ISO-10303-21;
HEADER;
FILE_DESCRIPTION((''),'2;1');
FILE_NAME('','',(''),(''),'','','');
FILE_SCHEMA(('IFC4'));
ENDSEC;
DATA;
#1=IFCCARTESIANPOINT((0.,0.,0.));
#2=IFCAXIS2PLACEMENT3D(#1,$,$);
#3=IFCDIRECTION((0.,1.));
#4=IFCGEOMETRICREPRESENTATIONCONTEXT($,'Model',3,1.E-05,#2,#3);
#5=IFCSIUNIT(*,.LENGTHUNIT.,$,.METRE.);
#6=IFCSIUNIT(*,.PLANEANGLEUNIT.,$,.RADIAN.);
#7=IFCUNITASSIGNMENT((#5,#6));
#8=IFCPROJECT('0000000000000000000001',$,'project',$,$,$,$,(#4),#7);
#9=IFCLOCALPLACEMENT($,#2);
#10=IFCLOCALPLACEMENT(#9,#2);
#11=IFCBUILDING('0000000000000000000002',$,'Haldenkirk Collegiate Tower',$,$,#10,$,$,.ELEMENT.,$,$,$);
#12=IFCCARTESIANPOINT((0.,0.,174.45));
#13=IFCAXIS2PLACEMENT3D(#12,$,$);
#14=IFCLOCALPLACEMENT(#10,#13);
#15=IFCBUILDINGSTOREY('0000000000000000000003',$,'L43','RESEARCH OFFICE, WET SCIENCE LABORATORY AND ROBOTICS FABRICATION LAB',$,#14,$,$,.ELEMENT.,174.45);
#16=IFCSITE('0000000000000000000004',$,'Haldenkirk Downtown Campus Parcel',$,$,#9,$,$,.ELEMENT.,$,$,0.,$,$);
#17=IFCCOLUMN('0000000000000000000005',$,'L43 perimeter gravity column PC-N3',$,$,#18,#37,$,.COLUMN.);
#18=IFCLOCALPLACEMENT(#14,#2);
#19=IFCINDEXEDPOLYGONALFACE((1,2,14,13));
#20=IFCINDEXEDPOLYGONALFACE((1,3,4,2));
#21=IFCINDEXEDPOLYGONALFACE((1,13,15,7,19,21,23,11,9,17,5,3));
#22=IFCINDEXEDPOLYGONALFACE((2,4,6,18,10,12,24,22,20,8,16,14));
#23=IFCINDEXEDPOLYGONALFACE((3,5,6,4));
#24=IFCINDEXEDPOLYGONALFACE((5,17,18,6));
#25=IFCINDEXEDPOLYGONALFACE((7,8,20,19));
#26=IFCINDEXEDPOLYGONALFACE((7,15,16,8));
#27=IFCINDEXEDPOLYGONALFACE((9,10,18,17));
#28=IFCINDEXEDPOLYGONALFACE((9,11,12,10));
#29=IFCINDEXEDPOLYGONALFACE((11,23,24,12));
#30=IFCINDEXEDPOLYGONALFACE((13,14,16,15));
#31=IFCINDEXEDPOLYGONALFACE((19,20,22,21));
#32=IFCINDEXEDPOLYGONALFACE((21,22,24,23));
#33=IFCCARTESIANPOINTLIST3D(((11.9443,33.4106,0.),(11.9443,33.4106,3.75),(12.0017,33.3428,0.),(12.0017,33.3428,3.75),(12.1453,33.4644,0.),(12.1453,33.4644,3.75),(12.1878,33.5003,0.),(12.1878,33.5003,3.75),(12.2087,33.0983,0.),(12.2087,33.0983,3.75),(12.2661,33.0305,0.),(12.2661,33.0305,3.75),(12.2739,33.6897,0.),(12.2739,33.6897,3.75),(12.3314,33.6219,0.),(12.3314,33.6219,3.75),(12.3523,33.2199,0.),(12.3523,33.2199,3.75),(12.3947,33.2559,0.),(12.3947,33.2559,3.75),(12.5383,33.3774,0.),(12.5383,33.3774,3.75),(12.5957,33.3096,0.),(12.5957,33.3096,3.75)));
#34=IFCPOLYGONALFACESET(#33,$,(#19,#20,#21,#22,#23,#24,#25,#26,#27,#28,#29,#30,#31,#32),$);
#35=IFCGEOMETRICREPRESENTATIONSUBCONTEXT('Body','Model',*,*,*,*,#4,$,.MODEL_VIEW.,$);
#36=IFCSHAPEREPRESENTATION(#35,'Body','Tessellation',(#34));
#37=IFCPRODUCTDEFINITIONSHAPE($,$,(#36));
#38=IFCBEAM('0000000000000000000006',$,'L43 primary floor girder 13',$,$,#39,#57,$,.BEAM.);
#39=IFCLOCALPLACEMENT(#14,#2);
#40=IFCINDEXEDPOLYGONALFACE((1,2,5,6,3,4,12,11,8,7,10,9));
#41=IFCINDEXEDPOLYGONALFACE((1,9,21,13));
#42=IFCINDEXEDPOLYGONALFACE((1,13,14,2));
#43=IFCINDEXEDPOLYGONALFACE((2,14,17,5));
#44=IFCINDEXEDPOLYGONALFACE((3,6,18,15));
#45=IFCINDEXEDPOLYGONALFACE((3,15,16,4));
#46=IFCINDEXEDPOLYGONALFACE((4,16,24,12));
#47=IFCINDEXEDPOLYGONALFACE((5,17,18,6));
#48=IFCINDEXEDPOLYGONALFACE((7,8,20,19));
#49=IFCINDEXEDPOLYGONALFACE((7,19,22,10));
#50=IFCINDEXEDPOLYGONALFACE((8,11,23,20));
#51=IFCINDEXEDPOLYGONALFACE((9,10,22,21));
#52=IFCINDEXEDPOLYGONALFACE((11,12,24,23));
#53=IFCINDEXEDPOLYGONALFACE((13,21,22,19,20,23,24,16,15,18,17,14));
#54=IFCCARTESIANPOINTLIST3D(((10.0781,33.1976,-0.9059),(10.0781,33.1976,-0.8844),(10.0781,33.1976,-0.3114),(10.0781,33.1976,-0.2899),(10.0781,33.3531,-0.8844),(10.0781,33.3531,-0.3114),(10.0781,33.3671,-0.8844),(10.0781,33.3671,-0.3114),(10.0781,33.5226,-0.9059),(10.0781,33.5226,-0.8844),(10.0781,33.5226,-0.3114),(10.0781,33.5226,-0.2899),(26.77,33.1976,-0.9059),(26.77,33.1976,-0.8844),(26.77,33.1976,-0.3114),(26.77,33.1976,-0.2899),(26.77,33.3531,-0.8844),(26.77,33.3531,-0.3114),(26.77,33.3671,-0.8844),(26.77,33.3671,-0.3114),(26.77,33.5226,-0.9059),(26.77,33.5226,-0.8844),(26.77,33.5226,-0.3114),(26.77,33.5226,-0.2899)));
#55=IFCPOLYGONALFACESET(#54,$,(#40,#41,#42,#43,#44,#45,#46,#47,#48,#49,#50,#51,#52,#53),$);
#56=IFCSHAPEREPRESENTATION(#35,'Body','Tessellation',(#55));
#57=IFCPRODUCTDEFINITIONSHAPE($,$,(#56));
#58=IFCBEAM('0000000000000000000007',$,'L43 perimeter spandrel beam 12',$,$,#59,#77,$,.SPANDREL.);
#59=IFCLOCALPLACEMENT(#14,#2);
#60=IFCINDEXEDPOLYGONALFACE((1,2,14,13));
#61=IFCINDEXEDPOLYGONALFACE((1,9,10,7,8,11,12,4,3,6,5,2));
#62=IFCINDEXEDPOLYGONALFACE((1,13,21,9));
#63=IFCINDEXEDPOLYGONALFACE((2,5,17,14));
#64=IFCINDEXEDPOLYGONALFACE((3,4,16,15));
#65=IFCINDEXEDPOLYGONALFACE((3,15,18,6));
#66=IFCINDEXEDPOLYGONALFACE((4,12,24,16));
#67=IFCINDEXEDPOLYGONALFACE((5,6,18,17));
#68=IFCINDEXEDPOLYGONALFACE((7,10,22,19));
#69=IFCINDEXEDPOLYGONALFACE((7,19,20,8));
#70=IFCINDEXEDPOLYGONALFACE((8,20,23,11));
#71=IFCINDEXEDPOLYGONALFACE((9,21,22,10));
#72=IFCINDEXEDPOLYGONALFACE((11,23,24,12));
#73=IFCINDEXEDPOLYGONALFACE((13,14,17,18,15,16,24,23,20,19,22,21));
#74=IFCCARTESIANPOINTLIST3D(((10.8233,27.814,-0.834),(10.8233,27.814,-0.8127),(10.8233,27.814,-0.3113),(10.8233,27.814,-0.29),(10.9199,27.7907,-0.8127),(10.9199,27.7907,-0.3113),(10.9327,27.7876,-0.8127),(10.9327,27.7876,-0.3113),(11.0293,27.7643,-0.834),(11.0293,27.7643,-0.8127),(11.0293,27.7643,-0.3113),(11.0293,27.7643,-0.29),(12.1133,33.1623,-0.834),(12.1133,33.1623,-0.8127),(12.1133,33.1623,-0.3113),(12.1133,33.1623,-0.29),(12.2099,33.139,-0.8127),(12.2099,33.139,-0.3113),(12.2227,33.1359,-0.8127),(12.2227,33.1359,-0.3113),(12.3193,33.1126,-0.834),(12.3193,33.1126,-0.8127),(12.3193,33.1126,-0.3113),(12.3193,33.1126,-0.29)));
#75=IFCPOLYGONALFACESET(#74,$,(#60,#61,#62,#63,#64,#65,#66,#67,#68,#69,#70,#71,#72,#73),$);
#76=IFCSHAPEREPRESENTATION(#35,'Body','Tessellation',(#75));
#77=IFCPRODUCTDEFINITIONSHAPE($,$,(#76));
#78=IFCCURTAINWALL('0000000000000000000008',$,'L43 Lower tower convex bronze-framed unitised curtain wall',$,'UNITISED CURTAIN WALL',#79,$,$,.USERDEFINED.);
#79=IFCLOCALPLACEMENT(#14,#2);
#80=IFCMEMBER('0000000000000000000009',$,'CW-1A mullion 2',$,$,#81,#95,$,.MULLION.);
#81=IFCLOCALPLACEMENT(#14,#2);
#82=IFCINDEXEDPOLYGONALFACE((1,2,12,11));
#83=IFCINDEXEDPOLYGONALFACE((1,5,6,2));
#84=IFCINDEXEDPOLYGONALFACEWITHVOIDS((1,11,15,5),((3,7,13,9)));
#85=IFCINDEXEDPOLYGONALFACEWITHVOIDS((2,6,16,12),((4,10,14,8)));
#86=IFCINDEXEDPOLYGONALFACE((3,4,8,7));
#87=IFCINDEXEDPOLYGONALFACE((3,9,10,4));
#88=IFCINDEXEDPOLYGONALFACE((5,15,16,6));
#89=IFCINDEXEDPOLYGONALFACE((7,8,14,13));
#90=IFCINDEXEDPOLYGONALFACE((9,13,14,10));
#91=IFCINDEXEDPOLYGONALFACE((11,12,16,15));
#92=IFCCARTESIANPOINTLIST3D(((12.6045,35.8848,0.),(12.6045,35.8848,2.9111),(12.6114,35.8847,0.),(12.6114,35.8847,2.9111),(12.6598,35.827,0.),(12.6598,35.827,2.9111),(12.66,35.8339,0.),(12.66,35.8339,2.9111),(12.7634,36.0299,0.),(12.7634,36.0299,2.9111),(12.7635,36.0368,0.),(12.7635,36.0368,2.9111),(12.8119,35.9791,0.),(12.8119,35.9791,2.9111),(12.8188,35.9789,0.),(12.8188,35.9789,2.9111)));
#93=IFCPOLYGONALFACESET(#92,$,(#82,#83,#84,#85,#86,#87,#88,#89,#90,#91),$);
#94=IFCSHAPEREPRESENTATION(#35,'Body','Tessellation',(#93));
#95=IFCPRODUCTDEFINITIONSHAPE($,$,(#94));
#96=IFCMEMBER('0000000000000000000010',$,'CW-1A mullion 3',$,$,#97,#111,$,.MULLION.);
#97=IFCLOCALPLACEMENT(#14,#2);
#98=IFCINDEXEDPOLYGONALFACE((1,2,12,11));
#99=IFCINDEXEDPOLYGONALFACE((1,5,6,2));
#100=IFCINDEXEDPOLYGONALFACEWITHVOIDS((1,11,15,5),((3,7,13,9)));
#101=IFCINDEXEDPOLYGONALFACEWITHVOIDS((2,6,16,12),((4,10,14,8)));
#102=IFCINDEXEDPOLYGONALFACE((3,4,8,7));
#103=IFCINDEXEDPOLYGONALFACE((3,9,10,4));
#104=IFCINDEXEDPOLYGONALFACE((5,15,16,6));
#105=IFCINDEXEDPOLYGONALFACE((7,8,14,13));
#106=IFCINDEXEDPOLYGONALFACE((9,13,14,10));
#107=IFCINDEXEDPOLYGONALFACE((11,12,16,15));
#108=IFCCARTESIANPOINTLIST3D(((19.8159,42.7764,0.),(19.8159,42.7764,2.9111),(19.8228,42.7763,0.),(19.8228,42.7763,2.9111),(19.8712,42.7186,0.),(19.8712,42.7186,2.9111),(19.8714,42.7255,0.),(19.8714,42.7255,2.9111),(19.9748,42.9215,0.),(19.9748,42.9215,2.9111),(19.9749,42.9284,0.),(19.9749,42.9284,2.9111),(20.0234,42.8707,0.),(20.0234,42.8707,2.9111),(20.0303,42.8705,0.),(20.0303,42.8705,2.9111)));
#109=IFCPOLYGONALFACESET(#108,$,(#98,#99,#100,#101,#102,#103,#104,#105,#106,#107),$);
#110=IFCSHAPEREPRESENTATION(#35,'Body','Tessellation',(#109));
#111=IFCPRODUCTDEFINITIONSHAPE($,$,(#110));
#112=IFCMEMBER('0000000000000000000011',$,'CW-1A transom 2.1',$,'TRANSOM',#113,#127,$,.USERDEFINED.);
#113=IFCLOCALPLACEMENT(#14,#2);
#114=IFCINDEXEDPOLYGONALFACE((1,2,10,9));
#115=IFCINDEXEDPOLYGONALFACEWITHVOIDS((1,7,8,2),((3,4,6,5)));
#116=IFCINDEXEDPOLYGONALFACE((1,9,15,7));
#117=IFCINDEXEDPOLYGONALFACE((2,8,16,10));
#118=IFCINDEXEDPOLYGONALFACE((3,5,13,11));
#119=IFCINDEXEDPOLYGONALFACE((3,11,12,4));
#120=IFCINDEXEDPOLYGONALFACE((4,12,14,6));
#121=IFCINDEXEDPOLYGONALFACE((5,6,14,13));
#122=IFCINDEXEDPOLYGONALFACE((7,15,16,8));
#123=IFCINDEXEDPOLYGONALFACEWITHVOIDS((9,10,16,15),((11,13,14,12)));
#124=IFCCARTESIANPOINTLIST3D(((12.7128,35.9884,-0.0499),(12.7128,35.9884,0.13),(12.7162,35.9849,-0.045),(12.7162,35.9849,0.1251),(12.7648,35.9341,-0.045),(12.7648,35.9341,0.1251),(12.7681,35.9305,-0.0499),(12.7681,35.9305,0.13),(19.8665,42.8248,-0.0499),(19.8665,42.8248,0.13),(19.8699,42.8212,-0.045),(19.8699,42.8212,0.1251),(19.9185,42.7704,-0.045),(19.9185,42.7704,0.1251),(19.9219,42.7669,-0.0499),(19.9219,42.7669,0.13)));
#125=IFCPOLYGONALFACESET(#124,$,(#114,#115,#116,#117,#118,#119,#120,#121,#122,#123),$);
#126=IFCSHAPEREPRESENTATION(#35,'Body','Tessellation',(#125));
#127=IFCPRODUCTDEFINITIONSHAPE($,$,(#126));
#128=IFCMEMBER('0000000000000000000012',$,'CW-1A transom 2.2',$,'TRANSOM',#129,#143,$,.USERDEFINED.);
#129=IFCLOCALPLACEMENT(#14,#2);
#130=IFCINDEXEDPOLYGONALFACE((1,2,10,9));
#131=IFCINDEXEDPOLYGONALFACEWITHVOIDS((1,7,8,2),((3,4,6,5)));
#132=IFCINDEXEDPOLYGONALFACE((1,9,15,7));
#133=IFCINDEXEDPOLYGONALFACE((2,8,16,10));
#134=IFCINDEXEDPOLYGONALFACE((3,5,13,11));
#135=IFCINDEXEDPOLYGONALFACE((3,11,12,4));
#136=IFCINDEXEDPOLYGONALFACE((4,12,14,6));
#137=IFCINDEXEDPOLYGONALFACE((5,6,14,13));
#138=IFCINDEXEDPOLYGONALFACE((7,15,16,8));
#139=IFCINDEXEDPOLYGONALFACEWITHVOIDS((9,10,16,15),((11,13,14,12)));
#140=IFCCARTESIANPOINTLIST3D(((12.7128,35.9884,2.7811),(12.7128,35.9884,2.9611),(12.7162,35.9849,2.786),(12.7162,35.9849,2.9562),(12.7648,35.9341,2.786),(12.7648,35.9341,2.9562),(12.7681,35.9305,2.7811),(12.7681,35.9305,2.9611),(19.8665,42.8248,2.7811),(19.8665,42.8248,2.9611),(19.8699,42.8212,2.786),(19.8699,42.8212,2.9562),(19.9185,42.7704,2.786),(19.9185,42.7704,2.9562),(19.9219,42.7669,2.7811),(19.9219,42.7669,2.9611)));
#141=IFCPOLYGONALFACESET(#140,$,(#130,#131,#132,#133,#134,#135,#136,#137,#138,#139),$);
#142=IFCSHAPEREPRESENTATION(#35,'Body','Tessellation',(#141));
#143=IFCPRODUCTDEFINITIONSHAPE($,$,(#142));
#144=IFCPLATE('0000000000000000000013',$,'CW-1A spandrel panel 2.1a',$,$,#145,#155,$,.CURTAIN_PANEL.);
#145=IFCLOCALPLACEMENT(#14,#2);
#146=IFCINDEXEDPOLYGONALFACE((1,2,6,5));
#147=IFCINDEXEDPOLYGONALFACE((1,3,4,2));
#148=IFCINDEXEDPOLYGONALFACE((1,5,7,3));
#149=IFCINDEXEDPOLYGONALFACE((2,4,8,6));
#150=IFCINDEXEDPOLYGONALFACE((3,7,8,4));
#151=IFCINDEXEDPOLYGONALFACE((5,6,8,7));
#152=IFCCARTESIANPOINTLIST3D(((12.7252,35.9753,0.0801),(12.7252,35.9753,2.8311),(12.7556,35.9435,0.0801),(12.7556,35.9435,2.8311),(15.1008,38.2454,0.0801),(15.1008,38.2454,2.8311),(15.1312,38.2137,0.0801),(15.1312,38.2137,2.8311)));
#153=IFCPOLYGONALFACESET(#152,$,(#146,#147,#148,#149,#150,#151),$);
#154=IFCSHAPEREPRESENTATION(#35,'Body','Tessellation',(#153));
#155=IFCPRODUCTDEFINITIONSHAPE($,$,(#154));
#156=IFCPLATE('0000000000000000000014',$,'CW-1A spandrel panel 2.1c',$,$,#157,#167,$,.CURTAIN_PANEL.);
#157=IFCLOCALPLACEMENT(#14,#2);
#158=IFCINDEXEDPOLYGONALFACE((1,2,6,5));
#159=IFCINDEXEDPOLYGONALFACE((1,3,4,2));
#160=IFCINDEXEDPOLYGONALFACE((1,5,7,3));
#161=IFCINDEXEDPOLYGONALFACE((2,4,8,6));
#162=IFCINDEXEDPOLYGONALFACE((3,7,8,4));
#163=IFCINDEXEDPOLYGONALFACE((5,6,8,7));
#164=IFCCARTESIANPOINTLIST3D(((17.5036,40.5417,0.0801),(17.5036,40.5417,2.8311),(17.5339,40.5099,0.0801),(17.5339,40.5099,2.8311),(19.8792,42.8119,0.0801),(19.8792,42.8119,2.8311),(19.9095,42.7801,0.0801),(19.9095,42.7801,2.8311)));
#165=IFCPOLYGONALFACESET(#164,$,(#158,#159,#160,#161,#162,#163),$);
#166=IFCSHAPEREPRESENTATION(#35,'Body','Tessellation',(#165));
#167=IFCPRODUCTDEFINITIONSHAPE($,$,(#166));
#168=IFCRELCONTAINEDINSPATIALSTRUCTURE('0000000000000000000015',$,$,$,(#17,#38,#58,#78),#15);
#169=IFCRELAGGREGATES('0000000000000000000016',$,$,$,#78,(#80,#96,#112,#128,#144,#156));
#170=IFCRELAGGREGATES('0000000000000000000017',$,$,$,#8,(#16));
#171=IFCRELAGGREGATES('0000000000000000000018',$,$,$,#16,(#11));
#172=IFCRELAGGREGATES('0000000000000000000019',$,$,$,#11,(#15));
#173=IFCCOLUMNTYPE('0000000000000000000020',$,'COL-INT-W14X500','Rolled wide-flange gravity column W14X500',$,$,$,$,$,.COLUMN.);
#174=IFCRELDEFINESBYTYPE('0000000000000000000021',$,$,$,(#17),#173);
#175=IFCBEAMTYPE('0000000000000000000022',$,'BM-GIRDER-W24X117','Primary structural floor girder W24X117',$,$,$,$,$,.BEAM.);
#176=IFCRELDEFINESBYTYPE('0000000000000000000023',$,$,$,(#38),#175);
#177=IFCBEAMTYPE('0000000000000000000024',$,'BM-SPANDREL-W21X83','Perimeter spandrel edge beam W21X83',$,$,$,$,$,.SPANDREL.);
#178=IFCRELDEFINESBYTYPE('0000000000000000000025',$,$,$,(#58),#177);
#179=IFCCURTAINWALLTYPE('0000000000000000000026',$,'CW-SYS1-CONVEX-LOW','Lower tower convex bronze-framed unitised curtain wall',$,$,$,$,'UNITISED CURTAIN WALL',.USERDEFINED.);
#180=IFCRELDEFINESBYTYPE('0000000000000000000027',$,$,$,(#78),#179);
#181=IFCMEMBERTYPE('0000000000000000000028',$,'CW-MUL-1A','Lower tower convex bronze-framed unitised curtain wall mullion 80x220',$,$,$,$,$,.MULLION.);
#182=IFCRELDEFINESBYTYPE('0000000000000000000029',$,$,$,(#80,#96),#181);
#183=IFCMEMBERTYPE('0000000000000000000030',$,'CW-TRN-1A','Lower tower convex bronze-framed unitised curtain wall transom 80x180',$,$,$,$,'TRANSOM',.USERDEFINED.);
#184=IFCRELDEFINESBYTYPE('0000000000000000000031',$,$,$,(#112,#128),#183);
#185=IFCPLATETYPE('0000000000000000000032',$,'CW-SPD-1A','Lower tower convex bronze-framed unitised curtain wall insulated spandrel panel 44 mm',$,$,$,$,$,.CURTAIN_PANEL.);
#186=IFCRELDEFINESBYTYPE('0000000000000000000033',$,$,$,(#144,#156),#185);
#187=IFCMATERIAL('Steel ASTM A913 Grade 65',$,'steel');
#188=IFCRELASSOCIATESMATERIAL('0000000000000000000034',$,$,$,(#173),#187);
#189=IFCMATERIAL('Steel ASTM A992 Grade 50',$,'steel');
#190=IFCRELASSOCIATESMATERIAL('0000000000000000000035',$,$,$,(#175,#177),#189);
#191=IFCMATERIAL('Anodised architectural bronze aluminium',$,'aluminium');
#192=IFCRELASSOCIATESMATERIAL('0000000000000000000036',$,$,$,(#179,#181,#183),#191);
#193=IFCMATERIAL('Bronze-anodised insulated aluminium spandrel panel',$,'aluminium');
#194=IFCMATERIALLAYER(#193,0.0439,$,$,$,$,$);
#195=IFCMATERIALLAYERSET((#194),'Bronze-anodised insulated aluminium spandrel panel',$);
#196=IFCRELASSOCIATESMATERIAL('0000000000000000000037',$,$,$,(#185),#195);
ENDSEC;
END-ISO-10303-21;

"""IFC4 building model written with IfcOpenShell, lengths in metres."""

from ifc_helpers import new_model, si_unit, direction, frame, origin, origin_2d, place, context, subcontext, project, spatial, rectangle, hollow_rectangle, i_section, extrude, source, transform, mapped, material, layer, layer_set, material_profile, profile_set, type_object, element, aggregate, save


model = new_model("IFC4")

# Units and contexts
model_context = context("Model", 3, precision=1e-05, world=origin(), true_north=direction((0.0, 1.0)))
body_context = subcontext(model_context, "Body", "Model", "MODEL_VIEW")
ifc_project = project(units=[si_unit("LENGTHUNIT", "METRE"), si_unit("PLANEANGLEUNIT", "RADIAN")], contexts=[model_context])

# Site, building, storey
site_placement = place(None, origin())
site = spatial("IfcSite", under=ifc_project, at=site_placement, Name="Haldenkirk Downtown Campus Parcel", CompositionType="ELEMENT", RefElevation=0.0)
building_placement = place(site_placement, origin())
building = spatial("IfcBuilding", under=site, at=building_placement, Name="Haldenkirk Collegiate Tower", CompositionType="ELEMENT")
storey_placement = place(building_placement, frame((0.0, 0.0, 174.45)))
storey = spatial("IfcBuildingStorey", under=building, at=storey_placement, Name="L43", Description="RESEARCH OFFICE, WET SCIENCE LABORATORY AND ROBOTICS FABRICATION LAB", CompositionType="ELEMENT", Elevation=174.45)

# Column
ifc_material_1 = material(Name="Steel ASTM A913 Grade 65", Category="steel")
ifc_material_profile_1 = material_profile(ifc_material_1, i_section(OverallWidth=0.4319, OverallDepth=0.498, WebThickness=0.0557, FlangeThickness=0.0889, at=origin_2d()), Name="W14X500")
ifc_profile_set_1 = profile_set([ifc_material_profile_1], Name="Steel ASTM A913 Grade 65")
column_type = type_object("IfcColumnType", Name="COL-INT-W14X500", Description="Rolled wide-flange gravity column W14X500", PredefinedType="COLUMN", material=ifc_profile_set_1)
column_placement = place(storey_placement, frame((12.27, 33.3601, 0.0), z_axis=(0.0, 0.0, 1.0), x_axis=(0.763232, 0.646124, 0.0)))
element("IfcColumn", 1, at=column_placement, inside=storey, type_object=column_type, Name="L43 perimeter gravity column PC-N3", PredefinedType="COLUMN", context=body_context, shape_type="SweptSolid", body=[
    extrude(i_section(OverallWidth=0.4319, OverallDepth=0.498, WebThickness=0.0557, FlangeThickness=0.0889, at=origin_2d()), origin(), (0.0, 0.0, 1.0), 3.75),
])

# Beams
ifc_material_2 = material(Name="Steel ASTM A992 Grade 50", Category="steel")
ifc_material_profile_2 = material_profile(ifc_material_2, i_section(OverallWidth=0.325, OverallDepth=0.616, WebThickness=0.0139, FlangeThickness=0.0215, at=origin_2d()), Name="W24X117")
ifc_profile_set_2 = profile_set([ifc_material_profile_2], Name="Steel ASTM A992 Grade 50")
beam_type_1 = type_object("IfcBeamType", Name="BM-GIRDER-W24X117", Description="Primary structural floor girder W24X117", PredefinedType="BEAM", material=ifc_profile_set_2)
beam_1_placement = place(storey_placement, frame((10.0781, 33.3601, -0.5979), z_axis=(1.0, 0.0, 0.0), x_axis=(0.0, 1.0, 0.0)))
element("IfcBeam", 2, at=beam_1_placement, inside=storey, type_object=beam_type_1, Name="L43 primary floor girder 13", PredefinedType="BEAM", context=body_context, shape_type="SweptSolid", body=[
    extrude(i_section(OverallWidth=0.325, OverallDepth=0.616, WebThickness=0.0139, FlangeThickness=0.0215, at=origin_2d()), origin(), (0.0, 0.0, 1.0), 16.6919),
])
ifc_material_profile_3 = material_profile(ifc_material_2, i_section(OverallWidth=0.2119, OverallDepth=0.5439, WebThickness=0.0132, FlangeThickness=0.0212, at=origin_2d()), Name="W21X83")
ifc_profile_set_3 = profile_set([ifc_material_profile_3], Name="Steel ASTM A992 Grade 50")
beam_type_2 = type_object("IfcBeamType", Name="BM-SPANDREL-W21X83", Description="Perimeter spandrel edge beam W21X83", PredefinedType="SPANDREL", material=ifc_profile_set_3)
beam_2_placement = place(storey_placement, frame((12.2163, 33.1375, -0.562), z_axis=(-0.234477, -0.972122, 0.0), x_axis=(0.972122, -0.234477, 0.0)))
element("IfcBeam", 3, at=beam_2_placement, inside=storey, type_object=beam_type_2, Name="L43 perimeter spandrel beam 12", PredefinedType="SPANDREL", context=body_context, shape_type="SweptSolid", body=[
    extrude(i_section(OverallWidth=0.2119, OverallDepth=0.5439, WebThickness=0.0132, FlangeThickness=0.0212, at=origin_2d()), origin(), (0.0, 0.0, 1.0), 5.5017),
])

# Curtain wall, members, plates
ifc_material_3 = material(Name="Anodised architectural bronze aluminium", Category="aluminium")
curtain_wall_type = type_object("IfcCurtainWallType", Name="CW-SYS1-CONVEX-LOW", Description="Lower tower convex bronze-framed unitised curtain wall", ElementType="UNITISED CURTAIN WALL", PredefinedType="USERDEFINED", material=ifc_material_3)
curtain_wall_placement = place(storey_placement, origin())
curtain_wall = element("IfcCurtainWall", 4, at=curtain_wall_placement, inside=storey, type_object=curtain_wall_type, Name="L43 Lower tower convex bronze-framed unitised curtain wall", ObjectType="UNITISED CURTAIN WALL", PredefinedType="USERDEFINED")
ifc_material_profile_4 = material_profile(ifc_material_3, hollow_rectangle(XDim=0.0801, YDim=0.22, WallThickness=0.0049, at=origin_2d()), Name="CW-MUL-1A")
ifc_profile_set_4 = profile_set([ifc_material_profile_4], Name="Anodised architectural bronze aluminium")
member_type_1 = type_object("IfcMemberType", Name="CW-MUL-1A", Description="Lower tower convex bronze-framed unitised curtain wall mullion 80x220", PredefinedType="MULLION", material=ifc_profile_set_4)
member_1_placement = place(storey_placement, frame((12.7117, 35.9319, 0.0), z_axis=(0.0, 0.0, 1.0), x_axis=(-0.690882, 0.722967, 0.0)))
member_1 = element("IfcMember", 5, at=member_1_placement, type_object=member_type_1, Name="CW-1A mullion 2", PredefinedType="MULLION", context=body_context, shape_type="SweptSolid", body=[
    extrude(hollow_rectangle(XDim=0.0801, YDim=0.22, WallThickness=0.0049, at=origin_2d()), origin(), (0.0, 0.0, 1.0), 2.9111),
])
member_2_placement = place(storey_placement, frame((19.9231, 42.8235, 0.0), z_axis=(0.0, 0.0, 1.0), x_axis=(-0.690882, 0.722967, 0.0)))
member_2 = element("IfcMember", 6, at=member_2_placement, type_object=member_type_1, Name="CW-1A mullion 3", PredefinedType="MULLION", context=body_context, shape_type="SweptSolid", body=[
    extrude(hollow_rectangle(XDim=0.0801, YDim=0.22, WallThickness=0.0049, at=origin_2d()), origin(), (0.0, 0.0, 1.0), 2.9111),
])
ifc_material_profile_5 = material_profile(ifc_material_3, hollow_rectangle(XDim=0.0801, YDim=0.1799, WallThickness=0.0049, at=origin_2d()), Name="CW-TRN-1A")
ifc_profile_set_5 = profile_set([ifc_material_profile_5], Name="Anodised architectural bronze aluminium")
member_type_2 = type_object("IfcMemberType", Name="CW-TRN-1A", Description="Lower tower convex bronze-framed unitised curtain wall transom 80x180", ElementType="TRANSOM", PredefinedType="USERDEFINED", material=ifc_profile_set_5)
member_3_placement = place(storey_placement, frame((12.7405, 35.9595, 0.04), z_axis=(0.722962, 0.690888, 0.0), x_axis=(-0.690888, 0.722962, 0.0)))
member_3 = element("IfcMember", 7, at=member_3_placement, type_object=member_type_2, Name="CW-1A transom 2.1", ObjectType="TRANSOM", PredefinedType="USERDEFINED", context=body_context, shape_type="SweptSolid", body=[
    extrude(hollow_rectangle(XDim=0.0801, YDim=0.1799, WallThickness=0.0049, at=origin_2d()), origin(), (0.0, 0.0, 1.0), 9.895),
])
member_4_placement = place(storey_placement, frame((12.7405, 35.9595, 2.8711), z_axis=(0.722962, 0.690888, 0.0), x_axis=(-0.690888, 0.722962, 0.0)))
member_4 = element("IfcMember", 8, at=member_4_placement, type_object=member_type_2, Name="CW-1A transom 2.2", ObjectType="TRANSOM", PredefinedType="USERDEFINED", context=body_context, shape_type="SweptSolid", body=[
    extrude(hollow_rectangle(XDim=0.0801, YDim=0.1799, WallThickness=0.0049, at=origin_2d()), origin(), (0.0, 0.0, 1.0), 9.895),
])
ifc_material_4 = material(Name="Bronze-anodised insulated aluminium spandrel panel", Category="aluminium")
ifc_layer_1 = layer(ifc_material_4, 0.0439)
ifc_layer_set_1 = layer_set([ifc_layer_1], Name="Bronze-anodised insulated aluminium spandrel panel")
plate_type_1 = type_object("IfcPlateType", Name="CW-SPD-1A", Description="Lower tower convex bronze-framed unitised curtain wall insulated spandrel panel 44 mm", PredefinedType="CURTAIN_PANEL", material=ifc_layer_set_1)
shared_shape_1 = source(origin(), body_context, "Body", "SweptSolid", [
    extrude(rectangle(XDim=3.2859, YDim=0.0439, at=origin_2d()), origin(), (0.0, 0.0, 1.0), 2.751),
])
plate_1_placement = place(storey_placement, frame((13.9282, 37.0945, 0.0801), z_axis=(0.0, 0.0, 1.0), x_axis=(0.722967, 0.690882, 0.0)))
plate_1 = element("IfcPlate", 9, at=plate_1_placement, type_object=plate_type_1, Name="CW-1A spandrel panel 2.1a", PredefinedType="CURTAIN_PANEL", context=body_context, shape_type="MappedRepresentation", body=[
    mapped(shared_shape_1, transform((0.0, 0.0, 0.0), x_axis=(1.0, 0.0, 0.0), y_axis=(0.0, 1.0, 0.0), z_axis=(0.0, 0.0, 1.0), scale=1.0)),
])
plate_2_placement = place(storey_placement, frame((18.7065, 41.6609, 0.0801), z_axis=(0.0, 0.0, 1.0), x_axis=(0.722967, 0.690882, 0.0)))
plate_2 = element("IfcPlate", 10, at=plate_2_placement, type_object=plate_type_1, Name="CW-1A spandrel panel 2.1c", PredefinedType="CURTAIN_PANEL", context=body_context, shape_type="MappedRepresentation", body=[
    mapped(shared_shape_1, transform((0.0, 0.0, 0.0), x_axis=(1.0, 0.0, 0.0), y_axis=(0.0, 1.0, 0.0), z_axis=(0.0, 0.0, 1.0), scale=1.0)),
])
aggregate(curtain_wall, [member_1, member_2, member_3, member_4, plate_1, plate_2])

save(model, "model.ifc")
